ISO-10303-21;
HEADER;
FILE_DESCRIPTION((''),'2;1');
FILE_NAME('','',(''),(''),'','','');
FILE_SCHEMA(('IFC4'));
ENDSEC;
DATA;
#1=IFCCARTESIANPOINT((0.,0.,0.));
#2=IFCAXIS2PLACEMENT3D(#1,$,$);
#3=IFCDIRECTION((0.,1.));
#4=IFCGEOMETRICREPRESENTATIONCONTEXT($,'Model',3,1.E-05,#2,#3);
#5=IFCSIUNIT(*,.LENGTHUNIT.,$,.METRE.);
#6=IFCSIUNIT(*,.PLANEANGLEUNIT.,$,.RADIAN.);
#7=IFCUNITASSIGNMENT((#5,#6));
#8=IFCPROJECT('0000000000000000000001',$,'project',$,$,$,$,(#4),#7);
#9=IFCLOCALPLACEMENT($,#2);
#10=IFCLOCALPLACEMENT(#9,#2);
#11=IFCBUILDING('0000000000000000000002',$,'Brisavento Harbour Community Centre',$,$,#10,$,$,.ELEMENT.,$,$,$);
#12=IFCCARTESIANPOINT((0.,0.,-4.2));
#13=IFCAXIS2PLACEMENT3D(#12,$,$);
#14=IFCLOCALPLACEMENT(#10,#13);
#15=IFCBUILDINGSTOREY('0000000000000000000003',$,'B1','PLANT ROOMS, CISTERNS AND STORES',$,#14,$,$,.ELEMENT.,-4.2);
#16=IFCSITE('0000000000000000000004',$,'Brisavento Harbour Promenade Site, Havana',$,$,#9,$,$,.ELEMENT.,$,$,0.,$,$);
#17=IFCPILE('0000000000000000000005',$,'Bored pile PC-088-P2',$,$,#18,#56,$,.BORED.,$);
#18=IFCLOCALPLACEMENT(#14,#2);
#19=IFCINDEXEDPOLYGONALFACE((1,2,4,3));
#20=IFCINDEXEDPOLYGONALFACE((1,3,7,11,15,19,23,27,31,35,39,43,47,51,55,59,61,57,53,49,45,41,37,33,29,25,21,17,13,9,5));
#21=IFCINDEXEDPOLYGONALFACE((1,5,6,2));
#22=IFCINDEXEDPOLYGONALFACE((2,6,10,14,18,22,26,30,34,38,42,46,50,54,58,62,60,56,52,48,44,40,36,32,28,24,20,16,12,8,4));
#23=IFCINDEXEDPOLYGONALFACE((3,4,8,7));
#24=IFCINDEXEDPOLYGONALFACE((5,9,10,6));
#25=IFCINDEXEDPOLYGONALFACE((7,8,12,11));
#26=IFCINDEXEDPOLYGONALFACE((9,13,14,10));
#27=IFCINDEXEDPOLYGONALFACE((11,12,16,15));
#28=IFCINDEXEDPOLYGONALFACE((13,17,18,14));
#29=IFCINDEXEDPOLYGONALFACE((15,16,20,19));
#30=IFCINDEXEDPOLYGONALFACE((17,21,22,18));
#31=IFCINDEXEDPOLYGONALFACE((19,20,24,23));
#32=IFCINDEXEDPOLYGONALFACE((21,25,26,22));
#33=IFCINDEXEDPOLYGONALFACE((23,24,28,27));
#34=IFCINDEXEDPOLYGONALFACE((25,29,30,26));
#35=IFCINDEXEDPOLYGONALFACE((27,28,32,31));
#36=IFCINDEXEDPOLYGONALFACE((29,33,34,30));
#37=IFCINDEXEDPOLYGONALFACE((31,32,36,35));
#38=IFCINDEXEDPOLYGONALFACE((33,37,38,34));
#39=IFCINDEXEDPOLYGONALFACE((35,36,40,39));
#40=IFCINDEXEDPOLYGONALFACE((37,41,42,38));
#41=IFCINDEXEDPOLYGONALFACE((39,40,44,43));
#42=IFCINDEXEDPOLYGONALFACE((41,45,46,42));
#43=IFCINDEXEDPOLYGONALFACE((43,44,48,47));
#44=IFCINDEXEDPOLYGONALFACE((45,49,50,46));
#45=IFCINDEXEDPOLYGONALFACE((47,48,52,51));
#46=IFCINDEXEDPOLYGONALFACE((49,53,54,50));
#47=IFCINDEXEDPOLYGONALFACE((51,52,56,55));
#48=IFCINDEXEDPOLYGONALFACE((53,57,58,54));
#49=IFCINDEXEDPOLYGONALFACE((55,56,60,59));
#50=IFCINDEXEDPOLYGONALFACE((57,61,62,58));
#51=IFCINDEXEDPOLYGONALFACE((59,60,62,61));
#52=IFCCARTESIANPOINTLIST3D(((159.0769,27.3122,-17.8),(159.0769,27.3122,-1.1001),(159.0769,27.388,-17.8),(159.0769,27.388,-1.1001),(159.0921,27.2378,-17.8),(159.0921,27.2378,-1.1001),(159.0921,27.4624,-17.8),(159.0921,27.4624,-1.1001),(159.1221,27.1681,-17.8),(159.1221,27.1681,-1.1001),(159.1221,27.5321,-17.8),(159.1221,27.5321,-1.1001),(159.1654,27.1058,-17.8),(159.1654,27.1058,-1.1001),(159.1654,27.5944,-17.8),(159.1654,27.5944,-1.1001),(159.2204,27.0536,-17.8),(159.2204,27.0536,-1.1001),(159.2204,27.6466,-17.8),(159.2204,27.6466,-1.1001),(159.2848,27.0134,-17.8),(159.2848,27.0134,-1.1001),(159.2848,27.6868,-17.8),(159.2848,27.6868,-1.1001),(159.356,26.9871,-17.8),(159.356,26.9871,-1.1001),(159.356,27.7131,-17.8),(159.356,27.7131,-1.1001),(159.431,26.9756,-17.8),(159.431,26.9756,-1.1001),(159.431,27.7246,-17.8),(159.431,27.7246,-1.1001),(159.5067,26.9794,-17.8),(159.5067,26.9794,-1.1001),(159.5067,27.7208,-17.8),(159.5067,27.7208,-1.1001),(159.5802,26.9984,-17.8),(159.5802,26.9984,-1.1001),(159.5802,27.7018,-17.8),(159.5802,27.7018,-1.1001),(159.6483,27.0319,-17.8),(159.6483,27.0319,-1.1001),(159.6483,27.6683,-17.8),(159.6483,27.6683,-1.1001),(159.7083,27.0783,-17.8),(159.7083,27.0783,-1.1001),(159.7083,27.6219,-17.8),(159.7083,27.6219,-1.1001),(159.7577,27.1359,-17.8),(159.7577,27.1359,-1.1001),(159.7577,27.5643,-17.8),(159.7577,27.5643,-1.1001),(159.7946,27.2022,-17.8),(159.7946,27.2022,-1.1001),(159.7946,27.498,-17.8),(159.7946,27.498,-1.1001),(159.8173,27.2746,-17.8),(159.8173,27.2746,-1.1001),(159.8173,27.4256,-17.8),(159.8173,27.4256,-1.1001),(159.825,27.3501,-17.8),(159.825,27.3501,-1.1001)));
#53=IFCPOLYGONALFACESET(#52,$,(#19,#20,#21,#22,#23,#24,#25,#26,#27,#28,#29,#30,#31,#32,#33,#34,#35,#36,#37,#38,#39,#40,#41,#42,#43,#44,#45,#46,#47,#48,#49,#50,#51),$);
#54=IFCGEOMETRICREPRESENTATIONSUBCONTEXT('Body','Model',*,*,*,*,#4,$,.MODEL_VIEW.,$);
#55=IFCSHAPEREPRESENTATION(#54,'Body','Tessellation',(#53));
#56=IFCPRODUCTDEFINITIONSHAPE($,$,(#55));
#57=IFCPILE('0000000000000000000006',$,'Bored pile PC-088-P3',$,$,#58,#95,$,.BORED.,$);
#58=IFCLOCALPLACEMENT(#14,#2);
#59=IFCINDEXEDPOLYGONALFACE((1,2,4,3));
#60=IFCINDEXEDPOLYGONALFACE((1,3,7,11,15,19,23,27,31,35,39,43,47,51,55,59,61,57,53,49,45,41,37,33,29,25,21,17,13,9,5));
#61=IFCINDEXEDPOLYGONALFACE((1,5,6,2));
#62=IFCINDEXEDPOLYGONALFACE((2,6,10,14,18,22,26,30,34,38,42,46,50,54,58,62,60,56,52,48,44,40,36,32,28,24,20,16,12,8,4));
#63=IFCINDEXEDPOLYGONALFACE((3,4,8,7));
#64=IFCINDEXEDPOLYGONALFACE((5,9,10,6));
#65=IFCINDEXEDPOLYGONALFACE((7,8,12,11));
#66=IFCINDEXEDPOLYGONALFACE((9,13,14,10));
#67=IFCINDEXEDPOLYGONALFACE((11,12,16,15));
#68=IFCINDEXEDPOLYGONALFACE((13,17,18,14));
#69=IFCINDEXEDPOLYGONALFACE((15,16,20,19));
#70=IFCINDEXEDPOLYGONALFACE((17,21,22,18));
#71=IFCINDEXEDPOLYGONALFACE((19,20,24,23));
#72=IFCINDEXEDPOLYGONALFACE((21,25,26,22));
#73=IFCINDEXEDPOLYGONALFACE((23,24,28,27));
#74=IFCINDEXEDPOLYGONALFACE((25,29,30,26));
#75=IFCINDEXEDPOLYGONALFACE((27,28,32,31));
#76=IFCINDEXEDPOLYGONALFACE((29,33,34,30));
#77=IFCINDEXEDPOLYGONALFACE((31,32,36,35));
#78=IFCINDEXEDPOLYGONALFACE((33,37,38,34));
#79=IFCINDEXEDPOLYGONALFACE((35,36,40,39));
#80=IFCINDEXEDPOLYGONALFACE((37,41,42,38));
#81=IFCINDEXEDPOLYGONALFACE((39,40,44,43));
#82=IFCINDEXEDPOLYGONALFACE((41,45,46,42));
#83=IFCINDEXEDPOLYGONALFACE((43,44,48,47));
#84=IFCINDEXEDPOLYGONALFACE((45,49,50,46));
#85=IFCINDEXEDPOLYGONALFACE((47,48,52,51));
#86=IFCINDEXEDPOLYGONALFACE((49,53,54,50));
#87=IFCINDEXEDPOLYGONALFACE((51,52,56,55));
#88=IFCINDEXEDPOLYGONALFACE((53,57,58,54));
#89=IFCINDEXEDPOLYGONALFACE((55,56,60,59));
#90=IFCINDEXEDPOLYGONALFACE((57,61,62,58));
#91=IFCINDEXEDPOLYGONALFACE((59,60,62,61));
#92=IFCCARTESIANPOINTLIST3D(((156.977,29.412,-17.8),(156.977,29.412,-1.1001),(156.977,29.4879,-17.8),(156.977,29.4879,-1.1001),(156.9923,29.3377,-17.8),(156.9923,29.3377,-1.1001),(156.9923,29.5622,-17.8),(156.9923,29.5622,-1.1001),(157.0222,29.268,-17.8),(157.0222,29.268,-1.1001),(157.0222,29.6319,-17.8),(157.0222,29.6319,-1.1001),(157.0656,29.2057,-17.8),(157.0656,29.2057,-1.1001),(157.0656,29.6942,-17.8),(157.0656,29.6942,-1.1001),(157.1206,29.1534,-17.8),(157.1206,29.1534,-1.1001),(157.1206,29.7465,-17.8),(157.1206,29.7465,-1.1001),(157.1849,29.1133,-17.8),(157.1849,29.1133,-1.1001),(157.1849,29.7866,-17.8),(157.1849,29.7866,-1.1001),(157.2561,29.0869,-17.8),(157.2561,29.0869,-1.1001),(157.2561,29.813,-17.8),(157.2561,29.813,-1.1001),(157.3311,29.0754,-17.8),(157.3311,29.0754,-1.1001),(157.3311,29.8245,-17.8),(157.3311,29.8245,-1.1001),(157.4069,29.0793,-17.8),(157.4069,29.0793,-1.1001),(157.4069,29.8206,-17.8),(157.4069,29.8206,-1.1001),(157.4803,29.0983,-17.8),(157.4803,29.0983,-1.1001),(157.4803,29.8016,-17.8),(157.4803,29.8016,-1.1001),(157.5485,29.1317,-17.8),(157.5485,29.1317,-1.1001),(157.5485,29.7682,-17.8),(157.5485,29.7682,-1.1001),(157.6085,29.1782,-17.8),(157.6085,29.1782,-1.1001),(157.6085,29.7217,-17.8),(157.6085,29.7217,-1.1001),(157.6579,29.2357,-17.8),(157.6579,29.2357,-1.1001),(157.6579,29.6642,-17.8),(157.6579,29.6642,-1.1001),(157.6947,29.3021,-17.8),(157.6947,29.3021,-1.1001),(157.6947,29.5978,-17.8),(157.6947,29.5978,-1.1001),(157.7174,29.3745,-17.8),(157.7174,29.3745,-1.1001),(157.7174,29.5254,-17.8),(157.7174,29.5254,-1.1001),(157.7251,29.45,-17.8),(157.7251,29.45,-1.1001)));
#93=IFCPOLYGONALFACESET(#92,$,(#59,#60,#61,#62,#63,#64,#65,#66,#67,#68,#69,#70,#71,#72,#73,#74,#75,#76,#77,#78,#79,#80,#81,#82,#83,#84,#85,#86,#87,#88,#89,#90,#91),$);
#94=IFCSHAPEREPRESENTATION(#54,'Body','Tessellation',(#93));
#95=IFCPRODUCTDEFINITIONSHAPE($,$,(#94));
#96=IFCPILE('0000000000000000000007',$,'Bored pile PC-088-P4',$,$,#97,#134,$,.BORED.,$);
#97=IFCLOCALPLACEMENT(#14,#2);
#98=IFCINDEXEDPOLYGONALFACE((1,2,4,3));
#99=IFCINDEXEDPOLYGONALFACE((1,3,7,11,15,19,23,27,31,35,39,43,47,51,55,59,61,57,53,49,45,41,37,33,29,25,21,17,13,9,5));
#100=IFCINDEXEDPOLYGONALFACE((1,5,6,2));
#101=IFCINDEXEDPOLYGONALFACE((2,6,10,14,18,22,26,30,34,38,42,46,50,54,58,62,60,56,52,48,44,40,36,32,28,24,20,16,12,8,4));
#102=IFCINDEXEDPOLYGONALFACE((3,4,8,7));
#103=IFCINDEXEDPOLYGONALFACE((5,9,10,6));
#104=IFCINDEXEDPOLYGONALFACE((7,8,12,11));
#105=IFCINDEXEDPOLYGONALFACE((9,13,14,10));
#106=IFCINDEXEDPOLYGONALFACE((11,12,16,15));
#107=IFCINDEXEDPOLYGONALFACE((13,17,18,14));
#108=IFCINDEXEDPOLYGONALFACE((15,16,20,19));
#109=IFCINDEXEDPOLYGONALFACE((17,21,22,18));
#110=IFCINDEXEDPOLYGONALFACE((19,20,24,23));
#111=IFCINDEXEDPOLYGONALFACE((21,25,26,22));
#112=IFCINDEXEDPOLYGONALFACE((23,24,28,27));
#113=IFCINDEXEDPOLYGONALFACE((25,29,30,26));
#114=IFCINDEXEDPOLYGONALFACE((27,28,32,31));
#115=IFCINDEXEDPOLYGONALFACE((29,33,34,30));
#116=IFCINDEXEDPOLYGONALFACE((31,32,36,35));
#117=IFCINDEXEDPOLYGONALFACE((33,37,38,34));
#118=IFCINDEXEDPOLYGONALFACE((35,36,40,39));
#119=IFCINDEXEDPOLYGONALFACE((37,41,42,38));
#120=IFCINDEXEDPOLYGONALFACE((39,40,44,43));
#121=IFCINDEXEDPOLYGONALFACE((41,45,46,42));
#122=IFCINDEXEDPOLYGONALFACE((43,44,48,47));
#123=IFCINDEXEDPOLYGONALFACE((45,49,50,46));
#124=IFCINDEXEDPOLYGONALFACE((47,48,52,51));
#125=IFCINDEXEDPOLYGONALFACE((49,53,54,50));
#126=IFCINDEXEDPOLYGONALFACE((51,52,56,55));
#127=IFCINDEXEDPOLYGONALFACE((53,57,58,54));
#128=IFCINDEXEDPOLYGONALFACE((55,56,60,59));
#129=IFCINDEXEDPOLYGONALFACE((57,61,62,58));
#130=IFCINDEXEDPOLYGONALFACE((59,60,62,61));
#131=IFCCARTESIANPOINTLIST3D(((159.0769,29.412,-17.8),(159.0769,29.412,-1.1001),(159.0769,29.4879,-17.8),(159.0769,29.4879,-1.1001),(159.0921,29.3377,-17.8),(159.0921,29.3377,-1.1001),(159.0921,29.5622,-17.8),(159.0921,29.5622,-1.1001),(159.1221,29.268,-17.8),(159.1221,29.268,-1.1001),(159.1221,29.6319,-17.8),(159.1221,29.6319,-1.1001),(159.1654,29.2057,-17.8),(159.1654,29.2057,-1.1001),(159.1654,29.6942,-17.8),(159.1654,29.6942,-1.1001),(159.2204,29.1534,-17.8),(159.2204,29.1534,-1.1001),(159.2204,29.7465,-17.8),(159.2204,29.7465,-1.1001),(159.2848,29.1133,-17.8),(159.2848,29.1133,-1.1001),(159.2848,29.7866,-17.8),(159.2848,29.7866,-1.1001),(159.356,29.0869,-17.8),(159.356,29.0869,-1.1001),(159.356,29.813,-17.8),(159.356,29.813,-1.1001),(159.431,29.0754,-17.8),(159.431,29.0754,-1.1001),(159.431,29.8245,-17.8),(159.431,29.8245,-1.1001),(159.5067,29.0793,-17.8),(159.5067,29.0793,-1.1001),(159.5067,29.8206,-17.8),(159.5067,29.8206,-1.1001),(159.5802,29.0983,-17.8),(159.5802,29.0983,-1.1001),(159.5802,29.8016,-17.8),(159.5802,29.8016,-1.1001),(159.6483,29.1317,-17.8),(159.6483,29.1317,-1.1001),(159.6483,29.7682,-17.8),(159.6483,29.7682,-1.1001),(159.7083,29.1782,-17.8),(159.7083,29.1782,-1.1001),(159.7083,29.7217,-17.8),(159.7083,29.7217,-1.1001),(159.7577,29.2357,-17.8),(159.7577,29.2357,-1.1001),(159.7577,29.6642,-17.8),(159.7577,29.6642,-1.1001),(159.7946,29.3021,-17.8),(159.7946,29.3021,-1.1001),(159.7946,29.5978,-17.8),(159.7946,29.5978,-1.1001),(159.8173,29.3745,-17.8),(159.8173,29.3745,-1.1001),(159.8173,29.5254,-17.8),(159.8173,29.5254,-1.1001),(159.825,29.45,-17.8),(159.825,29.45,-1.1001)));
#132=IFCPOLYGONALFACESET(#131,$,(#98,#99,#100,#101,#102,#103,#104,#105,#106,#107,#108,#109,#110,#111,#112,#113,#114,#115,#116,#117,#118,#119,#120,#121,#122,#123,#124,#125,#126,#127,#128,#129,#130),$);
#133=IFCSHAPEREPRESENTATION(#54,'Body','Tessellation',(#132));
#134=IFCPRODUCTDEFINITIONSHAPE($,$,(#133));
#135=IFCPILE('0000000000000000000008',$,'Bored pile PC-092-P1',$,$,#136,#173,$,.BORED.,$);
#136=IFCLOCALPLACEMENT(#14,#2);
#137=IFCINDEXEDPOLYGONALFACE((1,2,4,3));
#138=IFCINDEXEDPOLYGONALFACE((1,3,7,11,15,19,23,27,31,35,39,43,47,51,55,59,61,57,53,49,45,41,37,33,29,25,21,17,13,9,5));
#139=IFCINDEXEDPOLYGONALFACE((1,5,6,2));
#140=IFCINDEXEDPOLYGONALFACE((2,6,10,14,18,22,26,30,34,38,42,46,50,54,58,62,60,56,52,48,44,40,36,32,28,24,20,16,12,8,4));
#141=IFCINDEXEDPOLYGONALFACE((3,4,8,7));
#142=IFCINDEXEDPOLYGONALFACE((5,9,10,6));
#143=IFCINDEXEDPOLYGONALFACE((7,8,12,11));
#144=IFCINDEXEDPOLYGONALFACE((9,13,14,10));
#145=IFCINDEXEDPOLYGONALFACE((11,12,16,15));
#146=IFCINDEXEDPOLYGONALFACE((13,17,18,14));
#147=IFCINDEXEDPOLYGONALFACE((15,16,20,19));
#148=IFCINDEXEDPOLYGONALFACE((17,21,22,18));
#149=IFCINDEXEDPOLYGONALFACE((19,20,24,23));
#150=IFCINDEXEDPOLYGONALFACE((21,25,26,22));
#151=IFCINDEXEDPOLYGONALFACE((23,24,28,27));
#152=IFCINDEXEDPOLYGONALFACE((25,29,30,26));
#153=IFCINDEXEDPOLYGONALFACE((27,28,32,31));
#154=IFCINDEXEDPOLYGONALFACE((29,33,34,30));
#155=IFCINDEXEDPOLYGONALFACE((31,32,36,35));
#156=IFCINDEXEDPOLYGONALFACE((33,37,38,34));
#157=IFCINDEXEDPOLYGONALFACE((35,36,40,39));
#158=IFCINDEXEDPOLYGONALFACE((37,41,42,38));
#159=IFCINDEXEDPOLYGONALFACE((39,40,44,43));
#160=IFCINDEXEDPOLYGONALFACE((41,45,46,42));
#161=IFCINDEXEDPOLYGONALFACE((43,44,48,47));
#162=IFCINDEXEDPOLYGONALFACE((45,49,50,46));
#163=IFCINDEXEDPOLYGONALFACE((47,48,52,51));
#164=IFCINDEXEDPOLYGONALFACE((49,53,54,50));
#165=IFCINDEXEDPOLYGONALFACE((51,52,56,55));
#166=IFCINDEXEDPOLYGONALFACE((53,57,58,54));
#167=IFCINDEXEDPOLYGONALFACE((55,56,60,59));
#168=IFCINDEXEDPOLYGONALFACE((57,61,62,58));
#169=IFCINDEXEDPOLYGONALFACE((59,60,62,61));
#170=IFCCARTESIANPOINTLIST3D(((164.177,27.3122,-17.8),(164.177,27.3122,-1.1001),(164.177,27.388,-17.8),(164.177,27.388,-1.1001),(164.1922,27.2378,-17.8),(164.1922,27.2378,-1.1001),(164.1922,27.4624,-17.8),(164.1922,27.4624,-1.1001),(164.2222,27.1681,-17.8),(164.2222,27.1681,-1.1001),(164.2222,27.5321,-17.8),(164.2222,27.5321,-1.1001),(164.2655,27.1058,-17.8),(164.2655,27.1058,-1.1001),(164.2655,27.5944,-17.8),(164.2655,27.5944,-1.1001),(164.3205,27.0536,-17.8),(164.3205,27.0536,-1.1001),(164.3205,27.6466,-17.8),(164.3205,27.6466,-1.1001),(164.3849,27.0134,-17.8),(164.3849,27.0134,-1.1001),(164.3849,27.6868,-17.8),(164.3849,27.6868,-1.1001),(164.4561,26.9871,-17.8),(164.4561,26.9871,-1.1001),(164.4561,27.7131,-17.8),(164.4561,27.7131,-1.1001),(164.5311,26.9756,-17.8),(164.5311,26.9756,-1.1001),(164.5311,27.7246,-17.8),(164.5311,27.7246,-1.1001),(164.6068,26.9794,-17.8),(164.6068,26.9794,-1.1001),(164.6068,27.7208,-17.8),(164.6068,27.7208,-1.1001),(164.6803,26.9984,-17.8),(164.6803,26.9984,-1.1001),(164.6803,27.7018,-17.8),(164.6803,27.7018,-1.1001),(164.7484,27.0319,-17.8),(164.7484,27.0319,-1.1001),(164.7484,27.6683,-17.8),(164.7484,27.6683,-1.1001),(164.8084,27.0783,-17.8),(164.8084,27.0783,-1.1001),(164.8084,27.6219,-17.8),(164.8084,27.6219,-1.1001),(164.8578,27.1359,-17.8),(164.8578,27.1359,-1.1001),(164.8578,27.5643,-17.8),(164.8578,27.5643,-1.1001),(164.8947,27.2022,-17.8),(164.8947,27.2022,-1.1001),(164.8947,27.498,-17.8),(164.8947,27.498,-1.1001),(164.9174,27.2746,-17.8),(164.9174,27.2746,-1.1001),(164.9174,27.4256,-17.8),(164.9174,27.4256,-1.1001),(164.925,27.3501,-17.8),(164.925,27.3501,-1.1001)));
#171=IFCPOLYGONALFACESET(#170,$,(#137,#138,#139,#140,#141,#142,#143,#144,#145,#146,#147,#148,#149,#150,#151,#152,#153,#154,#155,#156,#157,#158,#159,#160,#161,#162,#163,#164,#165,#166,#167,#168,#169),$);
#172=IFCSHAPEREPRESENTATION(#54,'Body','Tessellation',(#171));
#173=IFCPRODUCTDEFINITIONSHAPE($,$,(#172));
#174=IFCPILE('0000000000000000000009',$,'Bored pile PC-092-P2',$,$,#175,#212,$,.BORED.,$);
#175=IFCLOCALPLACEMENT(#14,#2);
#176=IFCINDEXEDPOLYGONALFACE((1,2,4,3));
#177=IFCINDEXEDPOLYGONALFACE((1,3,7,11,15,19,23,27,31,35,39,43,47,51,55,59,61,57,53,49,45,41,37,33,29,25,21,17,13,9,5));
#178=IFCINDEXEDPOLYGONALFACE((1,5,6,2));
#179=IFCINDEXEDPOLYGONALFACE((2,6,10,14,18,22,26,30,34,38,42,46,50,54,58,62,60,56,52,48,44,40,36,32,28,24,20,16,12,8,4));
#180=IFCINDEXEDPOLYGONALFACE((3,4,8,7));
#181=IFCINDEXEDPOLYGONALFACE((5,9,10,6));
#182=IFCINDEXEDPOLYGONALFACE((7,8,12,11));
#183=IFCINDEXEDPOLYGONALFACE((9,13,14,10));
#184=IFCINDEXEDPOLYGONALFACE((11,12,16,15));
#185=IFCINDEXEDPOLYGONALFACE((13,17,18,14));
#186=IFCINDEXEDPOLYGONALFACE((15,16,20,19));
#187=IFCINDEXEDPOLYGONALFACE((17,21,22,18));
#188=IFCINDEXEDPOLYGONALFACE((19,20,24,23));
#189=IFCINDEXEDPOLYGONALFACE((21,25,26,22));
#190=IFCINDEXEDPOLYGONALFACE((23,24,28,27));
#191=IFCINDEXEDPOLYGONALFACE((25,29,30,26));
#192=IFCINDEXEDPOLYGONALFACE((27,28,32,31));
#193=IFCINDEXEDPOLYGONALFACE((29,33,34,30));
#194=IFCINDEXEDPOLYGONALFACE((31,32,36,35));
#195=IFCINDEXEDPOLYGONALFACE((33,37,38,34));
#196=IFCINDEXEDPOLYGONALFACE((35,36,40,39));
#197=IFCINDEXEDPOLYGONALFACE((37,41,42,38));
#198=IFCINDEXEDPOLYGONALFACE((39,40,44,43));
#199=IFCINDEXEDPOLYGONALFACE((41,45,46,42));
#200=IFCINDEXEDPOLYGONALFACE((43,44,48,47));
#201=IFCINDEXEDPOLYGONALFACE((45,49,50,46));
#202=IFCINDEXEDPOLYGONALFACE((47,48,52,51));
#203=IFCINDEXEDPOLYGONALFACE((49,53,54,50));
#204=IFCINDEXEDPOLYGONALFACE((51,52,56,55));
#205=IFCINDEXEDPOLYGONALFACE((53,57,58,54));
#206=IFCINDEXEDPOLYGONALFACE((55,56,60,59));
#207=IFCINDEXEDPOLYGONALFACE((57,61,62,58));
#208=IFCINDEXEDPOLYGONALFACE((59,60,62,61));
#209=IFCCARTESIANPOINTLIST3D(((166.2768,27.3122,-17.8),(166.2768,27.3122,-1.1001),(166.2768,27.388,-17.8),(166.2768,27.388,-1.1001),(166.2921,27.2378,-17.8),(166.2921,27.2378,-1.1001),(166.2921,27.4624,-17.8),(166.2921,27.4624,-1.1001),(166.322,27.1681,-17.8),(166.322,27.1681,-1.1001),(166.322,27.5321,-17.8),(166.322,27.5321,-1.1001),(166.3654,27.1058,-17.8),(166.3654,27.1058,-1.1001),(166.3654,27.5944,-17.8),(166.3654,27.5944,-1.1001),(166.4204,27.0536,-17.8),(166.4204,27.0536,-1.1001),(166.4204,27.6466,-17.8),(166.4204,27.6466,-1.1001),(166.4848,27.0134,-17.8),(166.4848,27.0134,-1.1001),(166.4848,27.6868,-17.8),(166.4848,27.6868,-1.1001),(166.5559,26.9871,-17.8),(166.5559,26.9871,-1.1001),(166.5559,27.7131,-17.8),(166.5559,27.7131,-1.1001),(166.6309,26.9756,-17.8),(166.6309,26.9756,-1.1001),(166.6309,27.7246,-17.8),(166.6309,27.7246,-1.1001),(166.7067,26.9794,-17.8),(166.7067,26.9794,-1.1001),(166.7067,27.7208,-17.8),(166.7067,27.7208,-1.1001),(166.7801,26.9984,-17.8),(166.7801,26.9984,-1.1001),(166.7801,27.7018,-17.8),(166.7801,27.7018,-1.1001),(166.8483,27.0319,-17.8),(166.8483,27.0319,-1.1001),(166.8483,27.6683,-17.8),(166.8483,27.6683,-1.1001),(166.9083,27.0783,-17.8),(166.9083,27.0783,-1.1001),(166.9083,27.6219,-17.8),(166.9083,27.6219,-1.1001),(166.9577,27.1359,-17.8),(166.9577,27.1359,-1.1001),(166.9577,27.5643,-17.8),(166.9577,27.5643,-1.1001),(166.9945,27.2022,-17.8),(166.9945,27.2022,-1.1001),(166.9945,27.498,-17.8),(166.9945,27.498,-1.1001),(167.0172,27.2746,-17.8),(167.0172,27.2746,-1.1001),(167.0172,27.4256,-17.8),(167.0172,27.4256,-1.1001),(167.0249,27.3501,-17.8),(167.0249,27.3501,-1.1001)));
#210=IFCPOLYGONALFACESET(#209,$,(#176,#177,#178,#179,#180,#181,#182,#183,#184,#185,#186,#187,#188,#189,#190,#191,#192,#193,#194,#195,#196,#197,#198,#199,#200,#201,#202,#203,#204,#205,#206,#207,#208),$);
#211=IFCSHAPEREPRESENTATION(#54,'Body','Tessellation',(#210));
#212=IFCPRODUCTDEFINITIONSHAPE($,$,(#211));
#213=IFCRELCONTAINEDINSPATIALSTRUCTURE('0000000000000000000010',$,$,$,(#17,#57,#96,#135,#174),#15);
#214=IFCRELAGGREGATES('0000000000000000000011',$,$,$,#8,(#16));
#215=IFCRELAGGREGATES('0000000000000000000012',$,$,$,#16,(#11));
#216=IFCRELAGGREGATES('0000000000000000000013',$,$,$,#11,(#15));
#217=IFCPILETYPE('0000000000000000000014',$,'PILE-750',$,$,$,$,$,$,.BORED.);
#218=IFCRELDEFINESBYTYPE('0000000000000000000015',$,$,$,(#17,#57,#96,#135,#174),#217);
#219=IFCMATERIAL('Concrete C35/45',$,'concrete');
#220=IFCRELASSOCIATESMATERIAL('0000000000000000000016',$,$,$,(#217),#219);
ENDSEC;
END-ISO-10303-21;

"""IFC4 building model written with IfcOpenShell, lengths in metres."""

from ifc_helpers import new_model, si_unit, direction, frame, origin, origin_2d, place, context, subcontext, project, spatial, circle, extrude, material, material_profile, profile_set, type_object, element, save


model = new_model("IFC4")

# Units and contexts
model_context = context("Model", 3, precision=1e-05, world=origin(), true_north=direction((0.0, 1.0)))
body_context = subcontext(model_context, "Body", "Model", "MODEL_VIEW")
ifc_project = project(units=[si_unit("LENGTHUNIT", "METRE"), si_unit("PLANEANGLEUNIT", "RADIAN")], contexts=[model_context])

# Site, building, storey
site_placement = place(None, origin())
site = spatial("IfcSite", under=ifc_project, at=site_placement, Name="Brisavento Harbour Promenade Site, Havana", CompositionType="ELEMENT", RefElevation=0.0)
building_placement = place(site_placement, origin())
building = spatial("IfcBuilding", under=site, at=building_placement, Name="Brisavento Harbour Community Centre", CompositionType="ELEMENT")
storey_placement = place(building_placement, frame((0.0, 0.0, -4.2)))
storey = spatial("IfcBuildingStorey", under=building, at=storey_placement, Name="B1", Description="PLANT ROOMS, CISTERNS AND STORES", CompositionType="ELEMENT", Elevation=-4.2)

# Shared definitions
ifc_material_1 = material(Name="Concrete C35/45", Category="concrete")

# Piles
ifc_material_profile_1 = material_profile(ifc_material_1, circle(Radius=0.375, at=origin_2d()), Name="Concrete C35/45")
ifc_profile_set_1 = profile_set([ifc_material_profile_1], Name="Concrete C35/45")
pile_type_1 = type_object("IfcPileType", Name="PILE-750", PredefinedType="BORED", material=ifc_profile_set_1)
for number, where, z_axis, x_axis, name in (
    (1, (159.45, 27.3501, -1.1001), (0.0, 0.0, -1.0), (1.0, 0.0, 0.0), "Bored pile PC-088-P2"),
    (2, (157.3501, 29.45, -1.1001), (0.0, 0.0, -1.0), (1.0, 0.0, 0.0), "Bored pile PC-088-P3"),
    (3, (159.45, 29.45, -1.1001), (0.0, 0.0, -1.0), (1.0, 0.0, 0.0), "Bored pile PC-088-P4"),
    (4, (164.55, 27.3501, -1.1001), (0.0, 0.0, -1.0), (1.0, 0.0, 0.0), "Bored pile PC-092-P1"),
    (5, (166.6499, 27.3501, -1.1001), (0.0, 0.0, -1.0), (1.0, 0.0, 0.0), "Bored pile PC-092-P2"),
):
    element("IfcPile", number, at=place(storey_placement, frame(where, z_axis=z_axis, x_axis=x_axis)), inside=storey, type_object=pile_type_1, Name=name, PredefinedType="BORED", context=body_context, shape_type="SweptSolid", body=[
        extrude(circle(Radius=0.375, at=origin_2d()), origin(), (0.0, 0.0, 1.0), 16.7),
    ])

save(model, "model.ifc")
